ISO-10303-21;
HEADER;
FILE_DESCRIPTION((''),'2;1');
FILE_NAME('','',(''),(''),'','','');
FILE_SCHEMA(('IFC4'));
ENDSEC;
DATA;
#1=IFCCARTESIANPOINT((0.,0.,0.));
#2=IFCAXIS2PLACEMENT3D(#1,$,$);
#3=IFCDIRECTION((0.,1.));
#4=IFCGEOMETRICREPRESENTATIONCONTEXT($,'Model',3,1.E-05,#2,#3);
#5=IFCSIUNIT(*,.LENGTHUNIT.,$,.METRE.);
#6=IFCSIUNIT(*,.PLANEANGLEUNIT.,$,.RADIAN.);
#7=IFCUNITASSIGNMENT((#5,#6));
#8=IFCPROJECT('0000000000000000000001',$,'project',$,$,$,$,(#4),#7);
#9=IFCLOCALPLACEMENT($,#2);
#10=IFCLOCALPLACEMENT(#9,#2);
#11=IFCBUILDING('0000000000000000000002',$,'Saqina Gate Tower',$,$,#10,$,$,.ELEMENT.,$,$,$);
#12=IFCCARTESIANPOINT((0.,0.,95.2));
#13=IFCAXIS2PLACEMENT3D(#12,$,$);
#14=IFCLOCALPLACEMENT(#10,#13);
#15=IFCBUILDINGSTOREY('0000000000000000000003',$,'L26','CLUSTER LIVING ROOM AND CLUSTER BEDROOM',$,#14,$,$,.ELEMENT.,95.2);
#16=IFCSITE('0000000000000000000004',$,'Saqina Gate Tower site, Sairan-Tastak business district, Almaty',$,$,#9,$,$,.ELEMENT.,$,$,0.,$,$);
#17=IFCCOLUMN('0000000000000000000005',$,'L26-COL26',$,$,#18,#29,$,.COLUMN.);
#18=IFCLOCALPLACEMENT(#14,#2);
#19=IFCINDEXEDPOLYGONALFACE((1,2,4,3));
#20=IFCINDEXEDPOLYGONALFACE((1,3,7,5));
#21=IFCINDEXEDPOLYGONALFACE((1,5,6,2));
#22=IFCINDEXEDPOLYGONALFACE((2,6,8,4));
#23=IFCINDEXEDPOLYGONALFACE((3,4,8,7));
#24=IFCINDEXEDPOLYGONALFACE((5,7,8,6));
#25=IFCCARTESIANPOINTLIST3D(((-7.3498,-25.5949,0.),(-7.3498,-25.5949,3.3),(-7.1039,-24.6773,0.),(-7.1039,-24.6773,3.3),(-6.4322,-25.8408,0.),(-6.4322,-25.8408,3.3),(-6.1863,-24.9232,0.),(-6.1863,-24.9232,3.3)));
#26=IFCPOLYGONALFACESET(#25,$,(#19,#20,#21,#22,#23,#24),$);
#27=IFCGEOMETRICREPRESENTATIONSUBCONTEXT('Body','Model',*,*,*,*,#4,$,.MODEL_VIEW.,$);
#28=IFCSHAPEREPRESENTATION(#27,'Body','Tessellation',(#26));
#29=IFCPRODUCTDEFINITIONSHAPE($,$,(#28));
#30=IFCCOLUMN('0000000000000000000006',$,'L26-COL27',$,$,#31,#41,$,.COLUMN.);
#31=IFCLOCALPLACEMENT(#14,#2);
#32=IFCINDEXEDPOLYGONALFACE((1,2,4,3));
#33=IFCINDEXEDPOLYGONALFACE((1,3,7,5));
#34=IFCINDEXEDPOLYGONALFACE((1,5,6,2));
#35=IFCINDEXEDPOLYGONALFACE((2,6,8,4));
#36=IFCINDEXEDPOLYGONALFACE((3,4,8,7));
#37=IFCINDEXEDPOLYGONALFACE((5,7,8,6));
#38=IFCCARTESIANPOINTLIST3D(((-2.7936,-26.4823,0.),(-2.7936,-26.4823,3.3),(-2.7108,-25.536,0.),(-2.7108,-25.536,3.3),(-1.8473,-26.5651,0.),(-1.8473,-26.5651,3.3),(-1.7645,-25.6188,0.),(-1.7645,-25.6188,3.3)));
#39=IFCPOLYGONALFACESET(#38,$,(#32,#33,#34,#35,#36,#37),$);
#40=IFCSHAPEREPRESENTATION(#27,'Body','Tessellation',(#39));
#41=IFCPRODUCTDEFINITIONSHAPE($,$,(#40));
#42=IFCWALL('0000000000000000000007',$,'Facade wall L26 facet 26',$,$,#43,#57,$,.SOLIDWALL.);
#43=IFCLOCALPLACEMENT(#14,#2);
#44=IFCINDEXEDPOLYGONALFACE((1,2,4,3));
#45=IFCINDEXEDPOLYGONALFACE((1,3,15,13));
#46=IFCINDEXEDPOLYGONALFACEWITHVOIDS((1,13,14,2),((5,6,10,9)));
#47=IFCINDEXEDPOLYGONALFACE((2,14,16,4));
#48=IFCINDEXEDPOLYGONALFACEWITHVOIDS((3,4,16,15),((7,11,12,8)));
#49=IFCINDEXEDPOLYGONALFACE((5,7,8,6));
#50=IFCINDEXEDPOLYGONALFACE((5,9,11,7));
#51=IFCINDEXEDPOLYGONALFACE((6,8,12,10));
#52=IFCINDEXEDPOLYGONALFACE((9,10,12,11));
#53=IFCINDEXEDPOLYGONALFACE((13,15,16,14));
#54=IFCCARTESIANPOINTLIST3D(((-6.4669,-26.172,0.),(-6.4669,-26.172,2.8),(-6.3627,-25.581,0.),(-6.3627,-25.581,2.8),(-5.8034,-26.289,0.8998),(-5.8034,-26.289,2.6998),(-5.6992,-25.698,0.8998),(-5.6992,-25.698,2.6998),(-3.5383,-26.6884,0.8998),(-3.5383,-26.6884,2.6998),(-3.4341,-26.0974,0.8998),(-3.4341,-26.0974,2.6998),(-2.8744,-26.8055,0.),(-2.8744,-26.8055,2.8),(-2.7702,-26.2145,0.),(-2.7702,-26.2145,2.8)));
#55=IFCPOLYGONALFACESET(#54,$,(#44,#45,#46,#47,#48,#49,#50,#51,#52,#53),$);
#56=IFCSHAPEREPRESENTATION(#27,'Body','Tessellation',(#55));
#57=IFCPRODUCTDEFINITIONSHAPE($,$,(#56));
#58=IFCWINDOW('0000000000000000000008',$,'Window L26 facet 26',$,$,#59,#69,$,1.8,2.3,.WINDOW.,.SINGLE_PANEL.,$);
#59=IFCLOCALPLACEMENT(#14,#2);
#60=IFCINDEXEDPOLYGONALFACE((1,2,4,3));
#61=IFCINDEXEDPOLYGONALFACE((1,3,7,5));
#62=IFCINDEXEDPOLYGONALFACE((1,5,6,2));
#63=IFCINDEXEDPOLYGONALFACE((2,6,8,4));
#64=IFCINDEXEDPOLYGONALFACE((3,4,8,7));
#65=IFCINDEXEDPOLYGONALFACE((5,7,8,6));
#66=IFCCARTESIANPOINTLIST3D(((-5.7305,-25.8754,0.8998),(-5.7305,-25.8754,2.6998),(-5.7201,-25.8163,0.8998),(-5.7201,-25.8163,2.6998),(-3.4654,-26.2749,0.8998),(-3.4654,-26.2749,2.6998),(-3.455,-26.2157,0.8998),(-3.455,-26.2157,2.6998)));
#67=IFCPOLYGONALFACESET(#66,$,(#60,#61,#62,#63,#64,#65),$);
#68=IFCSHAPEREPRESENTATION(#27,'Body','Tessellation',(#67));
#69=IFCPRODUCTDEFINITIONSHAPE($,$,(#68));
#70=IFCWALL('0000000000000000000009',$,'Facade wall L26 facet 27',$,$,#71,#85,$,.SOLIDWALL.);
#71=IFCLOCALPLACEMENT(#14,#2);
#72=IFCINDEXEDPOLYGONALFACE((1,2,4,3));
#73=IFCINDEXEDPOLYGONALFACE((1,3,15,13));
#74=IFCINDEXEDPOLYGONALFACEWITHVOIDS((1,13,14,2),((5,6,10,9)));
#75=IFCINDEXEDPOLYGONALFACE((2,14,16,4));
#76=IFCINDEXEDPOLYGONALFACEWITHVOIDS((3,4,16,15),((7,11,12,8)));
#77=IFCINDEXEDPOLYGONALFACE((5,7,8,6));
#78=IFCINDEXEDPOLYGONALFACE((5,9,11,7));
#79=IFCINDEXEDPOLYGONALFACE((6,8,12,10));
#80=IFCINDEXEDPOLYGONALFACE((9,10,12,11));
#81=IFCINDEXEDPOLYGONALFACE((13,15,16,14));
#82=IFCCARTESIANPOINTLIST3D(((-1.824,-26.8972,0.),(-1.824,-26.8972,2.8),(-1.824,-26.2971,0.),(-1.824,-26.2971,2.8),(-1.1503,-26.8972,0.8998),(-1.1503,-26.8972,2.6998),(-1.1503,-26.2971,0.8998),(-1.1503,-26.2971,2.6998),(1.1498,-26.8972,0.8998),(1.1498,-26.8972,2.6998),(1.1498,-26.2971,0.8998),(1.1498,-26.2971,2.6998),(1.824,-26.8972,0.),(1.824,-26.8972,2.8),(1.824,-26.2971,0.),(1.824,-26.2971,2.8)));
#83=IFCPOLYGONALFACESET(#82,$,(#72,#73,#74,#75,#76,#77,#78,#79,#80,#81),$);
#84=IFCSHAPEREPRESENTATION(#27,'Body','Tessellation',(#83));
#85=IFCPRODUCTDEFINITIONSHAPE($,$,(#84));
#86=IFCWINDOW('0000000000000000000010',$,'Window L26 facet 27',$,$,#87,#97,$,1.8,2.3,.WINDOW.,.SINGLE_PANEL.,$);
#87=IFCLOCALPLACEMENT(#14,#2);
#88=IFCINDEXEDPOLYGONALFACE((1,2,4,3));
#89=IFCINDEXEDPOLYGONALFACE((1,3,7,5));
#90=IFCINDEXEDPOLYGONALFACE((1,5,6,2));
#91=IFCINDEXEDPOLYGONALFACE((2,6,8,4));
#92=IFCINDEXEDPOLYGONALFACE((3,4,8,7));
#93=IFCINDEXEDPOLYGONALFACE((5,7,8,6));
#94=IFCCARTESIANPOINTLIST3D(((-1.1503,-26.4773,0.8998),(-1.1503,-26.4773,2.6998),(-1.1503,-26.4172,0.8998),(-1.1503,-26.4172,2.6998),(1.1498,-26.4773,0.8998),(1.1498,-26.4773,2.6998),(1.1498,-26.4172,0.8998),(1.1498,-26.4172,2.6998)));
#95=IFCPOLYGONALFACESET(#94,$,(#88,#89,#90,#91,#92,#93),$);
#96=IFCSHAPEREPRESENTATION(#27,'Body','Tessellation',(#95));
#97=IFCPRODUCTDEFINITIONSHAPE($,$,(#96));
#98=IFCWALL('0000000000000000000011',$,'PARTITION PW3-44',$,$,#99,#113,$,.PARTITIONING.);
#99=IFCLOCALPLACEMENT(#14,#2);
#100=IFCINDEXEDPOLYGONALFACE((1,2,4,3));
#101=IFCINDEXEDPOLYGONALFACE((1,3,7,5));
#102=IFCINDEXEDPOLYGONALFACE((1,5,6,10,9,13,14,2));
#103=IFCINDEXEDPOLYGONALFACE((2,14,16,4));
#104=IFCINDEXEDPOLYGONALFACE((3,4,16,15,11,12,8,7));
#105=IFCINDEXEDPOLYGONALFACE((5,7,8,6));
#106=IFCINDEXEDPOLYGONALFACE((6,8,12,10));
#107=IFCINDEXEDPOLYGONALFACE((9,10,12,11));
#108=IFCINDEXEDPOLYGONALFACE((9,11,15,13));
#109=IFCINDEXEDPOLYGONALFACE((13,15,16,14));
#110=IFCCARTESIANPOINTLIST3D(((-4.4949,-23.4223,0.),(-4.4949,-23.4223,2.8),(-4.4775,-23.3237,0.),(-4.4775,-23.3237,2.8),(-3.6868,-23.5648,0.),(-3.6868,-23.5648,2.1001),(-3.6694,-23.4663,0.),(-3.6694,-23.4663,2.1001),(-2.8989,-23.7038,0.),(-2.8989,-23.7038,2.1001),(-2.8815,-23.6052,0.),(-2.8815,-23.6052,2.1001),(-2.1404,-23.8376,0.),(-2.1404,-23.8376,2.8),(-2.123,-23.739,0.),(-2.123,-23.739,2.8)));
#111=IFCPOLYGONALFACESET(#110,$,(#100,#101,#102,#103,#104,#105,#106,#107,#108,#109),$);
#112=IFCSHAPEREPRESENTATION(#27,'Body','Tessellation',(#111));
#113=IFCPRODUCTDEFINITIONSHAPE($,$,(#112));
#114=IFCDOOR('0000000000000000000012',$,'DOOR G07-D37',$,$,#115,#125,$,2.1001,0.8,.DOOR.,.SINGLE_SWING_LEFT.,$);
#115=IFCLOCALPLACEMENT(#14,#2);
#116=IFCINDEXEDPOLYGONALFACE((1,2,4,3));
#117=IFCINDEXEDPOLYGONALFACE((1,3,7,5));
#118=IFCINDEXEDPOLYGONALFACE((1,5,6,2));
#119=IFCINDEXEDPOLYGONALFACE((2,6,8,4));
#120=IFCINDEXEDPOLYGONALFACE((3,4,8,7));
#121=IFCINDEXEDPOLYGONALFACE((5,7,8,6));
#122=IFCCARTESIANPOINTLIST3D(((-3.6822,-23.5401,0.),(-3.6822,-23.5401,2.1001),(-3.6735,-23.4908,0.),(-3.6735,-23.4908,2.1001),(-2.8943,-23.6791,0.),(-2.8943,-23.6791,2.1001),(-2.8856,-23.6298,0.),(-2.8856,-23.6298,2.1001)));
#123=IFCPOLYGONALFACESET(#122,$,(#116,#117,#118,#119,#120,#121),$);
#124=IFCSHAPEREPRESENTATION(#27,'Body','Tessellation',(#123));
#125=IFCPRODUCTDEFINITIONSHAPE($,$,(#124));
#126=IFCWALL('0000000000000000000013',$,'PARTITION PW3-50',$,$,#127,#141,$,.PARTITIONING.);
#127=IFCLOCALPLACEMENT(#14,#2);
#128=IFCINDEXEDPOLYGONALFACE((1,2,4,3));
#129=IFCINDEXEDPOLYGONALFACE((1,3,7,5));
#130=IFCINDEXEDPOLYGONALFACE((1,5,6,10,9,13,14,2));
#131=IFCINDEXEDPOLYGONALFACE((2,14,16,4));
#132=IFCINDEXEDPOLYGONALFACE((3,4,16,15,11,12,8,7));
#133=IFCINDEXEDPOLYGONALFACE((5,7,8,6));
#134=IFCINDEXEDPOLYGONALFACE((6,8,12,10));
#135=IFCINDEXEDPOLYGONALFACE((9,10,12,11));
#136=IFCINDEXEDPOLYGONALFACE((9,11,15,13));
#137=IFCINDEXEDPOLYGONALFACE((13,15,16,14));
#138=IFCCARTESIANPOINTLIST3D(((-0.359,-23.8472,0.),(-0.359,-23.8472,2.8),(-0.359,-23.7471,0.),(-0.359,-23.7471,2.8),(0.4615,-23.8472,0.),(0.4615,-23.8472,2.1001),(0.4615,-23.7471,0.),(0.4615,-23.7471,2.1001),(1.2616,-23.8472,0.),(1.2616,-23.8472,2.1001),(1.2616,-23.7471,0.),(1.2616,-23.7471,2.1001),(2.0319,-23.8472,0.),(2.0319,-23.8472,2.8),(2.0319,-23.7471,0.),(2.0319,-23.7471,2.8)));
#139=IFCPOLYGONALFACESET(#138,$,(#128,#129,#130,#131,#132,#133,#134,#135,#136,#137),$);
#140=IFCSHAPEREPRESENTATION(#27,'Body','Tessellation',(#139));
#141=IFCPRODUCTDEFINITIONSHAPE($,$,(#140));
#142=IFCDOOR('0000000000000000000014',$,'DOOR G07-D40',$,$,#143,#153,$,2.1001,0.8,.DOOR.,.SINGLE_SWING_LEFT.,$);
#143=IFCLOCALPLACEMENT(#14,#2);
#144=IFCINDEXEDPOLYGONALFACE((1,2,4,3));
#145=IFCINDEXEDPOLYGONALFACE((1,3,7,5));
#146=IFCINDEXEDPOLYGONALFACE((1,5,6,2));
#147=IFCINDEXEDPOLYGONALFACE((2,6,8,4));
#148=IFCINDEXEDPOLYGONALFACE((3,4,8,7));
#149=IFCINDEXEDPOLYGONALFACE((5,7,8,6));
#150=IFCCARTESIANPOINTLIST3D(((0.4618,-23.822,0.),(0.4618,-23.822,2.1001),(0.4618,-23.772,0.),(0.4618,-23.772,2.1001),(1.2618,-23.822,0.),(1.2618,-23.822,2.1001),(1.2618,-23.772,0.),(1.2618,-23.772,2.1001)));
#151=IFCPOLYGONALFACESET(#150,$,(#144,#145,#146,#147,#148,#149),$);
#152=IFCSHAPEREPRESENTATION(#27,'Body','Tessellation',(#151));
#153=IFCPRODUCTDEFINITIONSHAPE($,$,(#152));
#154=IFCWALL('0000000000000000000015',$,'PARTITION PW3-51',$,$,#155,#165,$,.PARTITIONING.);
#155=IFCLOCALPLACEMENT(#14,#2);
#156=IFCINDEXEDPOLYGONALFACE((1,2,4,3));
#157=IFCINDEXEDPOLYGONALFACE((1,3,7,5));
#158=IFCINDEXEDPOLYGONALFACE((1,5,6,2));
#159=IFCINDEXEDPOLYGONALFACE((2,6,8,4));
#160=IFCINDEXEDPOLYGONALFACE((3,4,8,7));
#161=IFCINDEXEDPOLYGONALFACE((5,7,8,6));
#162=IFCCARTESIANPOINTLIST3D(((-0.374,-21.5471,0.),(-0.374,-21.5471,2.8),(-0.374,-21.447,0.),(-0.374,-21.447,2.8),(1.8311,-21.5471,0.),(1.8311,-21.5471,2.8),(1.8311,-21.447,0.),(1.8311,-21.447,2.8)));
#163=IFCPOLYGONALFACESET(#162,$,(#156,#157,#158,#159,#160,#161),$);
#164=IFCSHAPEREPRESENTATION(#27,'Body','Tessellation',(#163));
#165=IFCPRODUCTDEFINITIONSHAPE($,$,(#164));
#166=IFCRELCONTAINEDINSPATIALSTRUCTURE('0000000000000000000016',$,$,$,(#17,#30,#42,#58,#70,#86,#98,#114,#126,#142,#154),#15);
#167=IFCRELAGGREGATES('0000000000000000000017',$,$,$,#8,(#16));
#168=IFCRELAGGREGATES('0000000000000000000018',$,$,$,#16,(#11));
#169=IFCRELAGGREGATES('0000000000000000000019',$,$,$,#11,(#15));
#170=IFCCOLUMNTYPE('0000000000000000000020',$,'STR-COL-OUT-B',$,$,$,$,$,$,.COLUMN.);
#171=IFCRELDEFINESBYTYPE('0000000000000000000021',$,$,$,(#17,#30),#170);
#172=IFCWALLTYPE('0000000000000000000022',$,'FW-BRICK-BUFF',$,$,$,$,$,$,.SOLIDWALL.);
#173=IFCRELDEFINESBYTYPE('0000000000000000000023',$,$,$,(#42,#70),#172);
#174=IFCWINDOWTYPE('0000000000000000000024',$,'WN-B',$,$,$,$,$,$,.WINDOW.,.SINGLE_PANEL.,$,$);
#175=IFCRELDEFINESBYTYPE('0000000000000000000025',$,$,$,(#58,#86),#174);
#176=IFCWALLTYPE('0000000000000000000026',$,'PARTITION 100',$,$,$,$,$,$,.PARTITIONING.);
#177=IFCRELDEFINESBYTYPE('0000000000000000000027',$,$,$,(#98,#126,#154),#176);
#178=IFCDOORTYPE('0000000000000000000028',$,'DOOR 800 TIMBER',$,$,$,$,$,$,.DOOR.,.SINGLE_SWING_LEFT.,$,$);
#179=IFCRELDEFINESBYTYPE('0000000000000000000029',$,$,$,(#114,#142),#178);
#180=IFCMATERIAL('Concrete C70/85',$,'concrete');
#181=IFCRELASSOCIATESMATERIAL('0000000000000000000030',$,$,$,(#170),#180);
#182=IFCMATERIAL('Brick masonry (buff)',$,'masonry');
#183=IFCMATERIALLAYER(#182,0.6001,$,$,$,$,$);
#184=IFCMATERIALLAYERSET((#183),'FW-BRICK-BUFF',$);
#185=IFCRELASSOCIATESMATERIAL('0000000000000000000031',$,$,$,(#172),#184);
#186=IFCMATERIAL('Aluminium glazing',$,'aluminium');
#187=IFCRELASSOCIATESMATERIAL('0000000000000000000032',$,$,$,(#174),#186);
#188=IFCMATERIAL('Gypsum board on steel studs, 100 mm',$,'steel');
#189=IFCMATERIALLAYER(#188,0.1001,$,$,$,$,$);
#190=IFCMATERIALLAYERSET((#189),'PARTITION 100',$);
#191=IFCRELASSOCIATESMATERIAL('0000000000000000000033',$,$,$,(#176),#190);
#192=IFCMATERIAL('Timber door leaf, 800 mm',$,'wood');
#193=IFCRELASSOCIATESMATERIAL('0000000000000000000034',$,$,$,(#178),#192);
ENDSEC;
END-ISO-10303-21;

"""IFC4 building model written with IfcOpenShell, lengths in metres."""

from ifc_helpers import new_model, si_unit, direction, frame, frame_2d, origin, origin_2d, place, context, subcontext, project, spatial, rectangle, extrude, material, layer, layer_set, material_profile, profile_set, type_object, element, fill, save


model = new_model("IFC4")

# Units and contexts
model_context = context("Model", 3, precision=1e-05, world=origin(), true_north=direction((0.0, 1.0)))
body_context = subcontext(model_context, "Body", "Model", "MODEL_VIEW")
ifc_project = project(units=[si_unit("LENGTHUNIT", "METRE"), si_unit("PLANEANGLEUNIT", "RADIAN")], contexts=[model_context])

# Site, building, storey
site_placement = place(None, origin())
site = spatial("IfcSite", under=ifc_project, at=site_placement, Name="Saqina Gate Tower site, Sairan-Tastak business district, Almaty", CompositionType="ELEMENT", RefElevation=0.0)
building_placement = place(site_placement, origin())
building = spatial("IfcBuilding", under=site, at=building_placement, Name="Saqina Gate Tower", CompositionType="ELEMENT")
storey_placement = place(building_placement, frame((0.0, 0.0, 95.2)))
storey = spatial("IfcBuildingStorey", under=building, at=storey_placement, Name="L26", Description="CLUSTER LIVING ROOM AND CLUSTER BEDROOM", CompositionType="ELEMENT", Elevation=95.2)

# Columns
ifc_material_1 = material(Name="Concrete C70/85", Category="concrete")
ifc_material_profile = material_profile(ifc_material_1, rectangle(XDim=0.95, YDim=0.95, at=origin_2d()), Name="RC 950x950")
ifc_profile_set = profile_set([ifc_material_profile], Name="Concrete C70/85")
column_type = type_object("IfcColumnType", Name="STR-COL-OUT-B", PredefinedType="COLUMN", material=ifc_profile_set)
for number, where, z_axis, x_axis, name in (
    (1, (-6.7681, -25.259, 0.0), (0.0, 0.0, 1.0), (-0.258819, -0.965926, 0.0), "L26-COL26"),
    (2, (-2.2791, -26.0505, 0.0), (0.0, 0.0, 1.0), (-0.087156, -0.996195, 0.0), "L26-COL27"),
):
    element("IfcColumn", number, at=place(storey_placement, frame(where, z_axis=z_axis, x_axis=x_axis)), inside=storey, type_object=column_type, Name=name, PredefinedType="COLUMN", context=body_context, shape_type="SweptSolid", body=[
        extrude(rectangle(XDim=0.95, YDim=0.95, at=origin_2d()), origin(), (0.0, 0.0, 1.0), 3.3),
    ])

# Walls, openings, windows
ifc_material_2 = material(Name="Brick masonry (buff)", Category="masonry")
ifc_layer_1 = layer(ifc_material_2, 0.6001)
ifc_layer_set_1 = layer_set([ifc_layer_1], Name="FW-BRICK-BUFF")
wall_type_1 = type_object("IfcWallType", Name="FW-BRICK-BUFF", PredefinedType="SOLIDWALL", material=ifc_layer_set_1)
wall_1_placement = place(storey_placement, frame((-6.4148, -25.8765, 0.0), z_axis=(0.0, 0.0, 1.0), x_axis=(0.984804, -0.173671, 0.0)))
wall_1 = element("IfcWall", 3, at=wall_1_placement, inside=storey, type_object=wall_type_1, Name="Facade wall L26 facet 26", PredefinedType="SOLIDWALL", context=body_context, shape_type="SweptSolid", body=[
    extrude(rectangle(XDim=3.6479, YDim=0.6001, at=frame_2d((1.824, 0.0))), origin(), (0.0, 0.0, 1.0), 2.8),
])
opening_1_placement = place(wall_1_placement, frame((0.6738, 0.0, 0.8999)))
opening_1 = element("IfcOpeningElement", 4, at=opening_1_placement, cuts=wall_1, PredefinedType="OPENING", context=body_context, shape_type="SweptSolid", body=[
    extrude(rectangle(XDim=2.3, YDim=1.8, at=frame_2d((1.1499, 0.8999))), frame((0.0, 0.312, 0.0), z_axis=(0.0, -1.0, 0.0), x_axis=(1.0, 0.0, 0.0)), (0.0, 0.0, 1.0), 0.624),
])
ifc_material_3 = material(Name="Aluminium glazing", Category="aluminium")
window_type = type_object("IfcWindowType", Name="WN-B", PartitioningType="SINGLE_PANEL", PredefinedType="WINDOW", material=ifc_material_3)
window_1_placement = place(opening_1_placement, origin())
window_1 = element("IfcWindow", 5, at=window_1_placement, inside=storey, type_object=window_type, Name="Window L26 facet 26", OverallHeight=1.8, OverallWidth=2.3, PartitioningType="SINGLE_PANEL", PredefinedType="WINDOW", context=body_context, shape_type="SweptSolid", body=[
    extrude(rectangle(XDim=2.3, YDim=1.8, at=frame_2d((1.1499, 0.8999))), frame((0.0, 0.1799, 0.0), z_axis=(0.0, -1.0, 0.0), x_axis=(1.0, 0.0, 0.0)), (0.0, 0.0, 1.0), 0.0601),
])
fill(opening_1, window_1)
wall_2_placement = place(storey_placement, frame((-1.824, -26.5972, 0.0), z_axis=(0.0, 0.0, 1.0), x_axis=(1.0, 0.0, 0.0)))
wall_2 = element("IfcWall", 6, at=wall_2_placement, inside=storey, type_object=wall_type_1, Name="Facade wall L26 facet 27", PredefinedType="SOLIDWALL", context=body_context, shape_type="SweptSolid", body=[
    extrude(rectangle(XDim=3.6479, YDim=0.6001, at=frame_2d((1.824, 0.0))), origin(), (0.0, 0.0, 1.0), 2.8),
])
opening_2_placement = place(wall_2_placement, frame((0.6738, 0.0, 0.8999)))
opening_2 = element("IfcOpeningElement", 7, at=opening_2_placement, cuts=wall_2, PredefinedType="OPENING", context=body_context, shape_type="SweptSolid", body=[
    extrude(rectangle(XDim=2.3, YDim=1.8, at=frame_2d((1.1499, 0.8999))), frame((0.0, 0.312, 0.0), z_axis=(0.0, -1.0, 0.0), x_axis=(1.0, 0.0, 0.0)), (0.0, 0.0, 1.0), 0.624),
])
window_2_placement = place(opening_2_placement, origin())
window_2 = element("IfcWindow", 8, at=window_2_placement, inside=storey, type_object=window_type, Name="Window L26 facet 27", OverallHeight=1.8, OverallWidth=2.3, PartitioningType="SINGLE_PANEL", PredefinedType="WINDOW", context=body_context, shape_type="SweptSolid", body=[
    extrude(rectangle(XDim=2.3, YDim=1.8, at=frame_2d((1.1499, 0.8999))), frame((0.0, 0.1799, 0.0), z_axis=(0.0, -1.0, 0.0), x_axis=(1.0, 0.0, 0.0)), (0.0, 0.0, 1.0), 0.0601),
])
fill(opening_2, window_2)

# Walls, openings, doors
ifc_material_4 = material(Name="Gypsum board on steel studs, 100 mm", Category="steel")
ifc_layer_2 = layer(ifc_material_4, 0.1001)
ifc_layer_set_2 = layer_set([ifc_layer_2], Name="PARTITION 100")
wall_type_2 = type_object("IfcWallType", Name="PARTITION 100", PredefinedType="PARTITIONING", material=ifc_layer_set_2)
wall_3_placement = place(storey_placement, frame((-4.4861, -23.373, 0.0), z_axis=(0.0, 0.0, 1.0), x_axis=(0.984799, -0.173698, 0.0)))
wall_3 = element("IfcWall", 9, at=wall_3_placement, inside=storey, type_object=wall_type_2, Name="PARTITION PW3-44", PredefinedType="PARTITIONING", context=body_context, shape_type="SweptSolid", body=[
    extrude(rectangle(XDim=2.3909, YDim=0.1001, at=frame_2d((1.1953, 0.0))), origin(), (0.0, 0.0, 1.0), 2.8),
])
opening_3_placement = place(wall_3_placement, frame((0.8206, 0.0, 0.0)))
opening_3 = element("IfcOpeningElement", 10, at=opening_3_placement, cuts=wall_3, PredefinedType="OPENING", context=body_context, shape_type="SweptSolid", body=[
    extrude(rectangle(XDim=0.8, YDim=2.1001, at=frame_2d((0.3999, 1.05))), frame((0.0, 0.062, 0.0), z_axis=(0.0, -1.0, 0.0), x_axis=(1.0, 0.0, 0.0)), (0.0, 0.0, 1.0), 0.124),
])
ifc_material_5 = material(Name="Timber door leaf, 800 mm", Category="wood")
door_type_1 = type_object("IfcDoorType", Name="DOOR 800 TIMBER", OperationType="SINGLE_SWING_LEFT", PredefinedType="DOOR", material=ifc_material_5)
door_1_placement = place(opening_3_placement, frame((0.8, 0.0, 0.0), z_axis=(0.0, 0.0, 1.0), x_axis=(-1.0, 0.0, 0.0)))
door_1 = element("IfcDoor", 11, at=door_1_placement, inside=storey, type_object=door_type_1, Name="DOOR G07-D37", OperationType="SINGLE_SWING_LEFT", OverallHeight=2.1001, OverallWidth=0.8, PredefinedType="DOOR", context=body_context, shape_type="SweptSolid", body=[
    extrude(rectangle(XDim=0.8, YDim=2.1001, at=frame_2d((0.3999, 1.05))), frame((0.0, 0.0249, 0.0), z_axis=(0.0, -1.0, 0.0), x_axis=(1.0, 0.0, 0.0)), (0.0, 0.0, 1.0), 0.05),
])
fill(opening_3, door_1)
wall_4_placement = place(storey_placement, frame((-0.3589, -23.7971, 0.0), z_axis=(0.0, 0.0, 1.0), x_axis=(1.0, 0.0, 0.0)))
wall_4 = element("IfcWall", 12, at=wall_4_placement, inside=storey, type_object=wall_type_2, Name="PARTITION PW3-50", PredefinedType="PARTITIONING", context=body_context, shape_type="SweptSolid", body=[
    extrude(rectangle(XDim=2.3909, YDim=0.1001, at=frame_2d((1.1953, 0.0))), origin(), (0.0, 0.0, 1.0), 2.8),
])
opening_4_placement = place(wall_4_placement, frame((0.8206, 0.0, 0.0)))
opening_4 = element("IfcOpeningElement", 13, at=opening_4_placement, cuts=wall_4, PredefinedType="OPENING", context=body_context, shape_type="SweptSolid", body=[
    extrude(rectangle(XDim=0.8, YDim=2.1001, at=frame_2d((0.3999, 1.05))), frame((0.0, 0.062, 0.0), z_axis=(0.0, -1.0, 0.0), x_axis=(1.0, 0.0, 0.0)), (0.0, 0.0, 1.0), 0.124),
])
door_2_placement = place(opening_4_placement, frame((0.8, 0.0, 0.0), z_axis=(0.0, 0.0, 1.0), x_axis=(-1.0, 0.0, 0.0)))
door_2 = element("IfcDoor", 14, at=door_2_placement, inside=storey, type_object=door_type_1, Name="DOOR G07-D40", OperationType="SINGLE_SWING_LEFT", OverallHeight=2.1001, OverallWidth=0.8, PredefinedType="DOOR", context=body_context, shape_type="SweptSolid", body=[
    extrude(rectangle(XDim=0.8, YDim=2.1001, at=frame_2d((0.3999, 1.05))), frame((0.0, 0.0249, 0.0), z_axis=(0.0, -1.0, 0.0), x_axis=(1.0, 0.0, 0.0)), (0.0, 0.0, 1.0), 0.05),
])
fill(opening_4, door_2)

# Wall
wall_5_placement = place(storey_placement, frame((-0.374, -21.4971, 0.0), z_axis=(0.0, 0.0, 1.0), x_axis=(1.0, 0.0, 0.0)))
element("IfcWall", 15, at=wall_5_placement, inside=storey, type_object=wall_type_2, Name="PARTITION PW3-51", PredefinedType="PARTITIONING", context=body_context, shape_type="SweptSolid", body=[
    extrude(rectangle(XDim=2.2051, YDim=0.1001, at=frame_2d((1.1025, 0.0))), origin(), (0.0, 0.0, 1.0), 2.8),
])

save(model, "model.ifc")
